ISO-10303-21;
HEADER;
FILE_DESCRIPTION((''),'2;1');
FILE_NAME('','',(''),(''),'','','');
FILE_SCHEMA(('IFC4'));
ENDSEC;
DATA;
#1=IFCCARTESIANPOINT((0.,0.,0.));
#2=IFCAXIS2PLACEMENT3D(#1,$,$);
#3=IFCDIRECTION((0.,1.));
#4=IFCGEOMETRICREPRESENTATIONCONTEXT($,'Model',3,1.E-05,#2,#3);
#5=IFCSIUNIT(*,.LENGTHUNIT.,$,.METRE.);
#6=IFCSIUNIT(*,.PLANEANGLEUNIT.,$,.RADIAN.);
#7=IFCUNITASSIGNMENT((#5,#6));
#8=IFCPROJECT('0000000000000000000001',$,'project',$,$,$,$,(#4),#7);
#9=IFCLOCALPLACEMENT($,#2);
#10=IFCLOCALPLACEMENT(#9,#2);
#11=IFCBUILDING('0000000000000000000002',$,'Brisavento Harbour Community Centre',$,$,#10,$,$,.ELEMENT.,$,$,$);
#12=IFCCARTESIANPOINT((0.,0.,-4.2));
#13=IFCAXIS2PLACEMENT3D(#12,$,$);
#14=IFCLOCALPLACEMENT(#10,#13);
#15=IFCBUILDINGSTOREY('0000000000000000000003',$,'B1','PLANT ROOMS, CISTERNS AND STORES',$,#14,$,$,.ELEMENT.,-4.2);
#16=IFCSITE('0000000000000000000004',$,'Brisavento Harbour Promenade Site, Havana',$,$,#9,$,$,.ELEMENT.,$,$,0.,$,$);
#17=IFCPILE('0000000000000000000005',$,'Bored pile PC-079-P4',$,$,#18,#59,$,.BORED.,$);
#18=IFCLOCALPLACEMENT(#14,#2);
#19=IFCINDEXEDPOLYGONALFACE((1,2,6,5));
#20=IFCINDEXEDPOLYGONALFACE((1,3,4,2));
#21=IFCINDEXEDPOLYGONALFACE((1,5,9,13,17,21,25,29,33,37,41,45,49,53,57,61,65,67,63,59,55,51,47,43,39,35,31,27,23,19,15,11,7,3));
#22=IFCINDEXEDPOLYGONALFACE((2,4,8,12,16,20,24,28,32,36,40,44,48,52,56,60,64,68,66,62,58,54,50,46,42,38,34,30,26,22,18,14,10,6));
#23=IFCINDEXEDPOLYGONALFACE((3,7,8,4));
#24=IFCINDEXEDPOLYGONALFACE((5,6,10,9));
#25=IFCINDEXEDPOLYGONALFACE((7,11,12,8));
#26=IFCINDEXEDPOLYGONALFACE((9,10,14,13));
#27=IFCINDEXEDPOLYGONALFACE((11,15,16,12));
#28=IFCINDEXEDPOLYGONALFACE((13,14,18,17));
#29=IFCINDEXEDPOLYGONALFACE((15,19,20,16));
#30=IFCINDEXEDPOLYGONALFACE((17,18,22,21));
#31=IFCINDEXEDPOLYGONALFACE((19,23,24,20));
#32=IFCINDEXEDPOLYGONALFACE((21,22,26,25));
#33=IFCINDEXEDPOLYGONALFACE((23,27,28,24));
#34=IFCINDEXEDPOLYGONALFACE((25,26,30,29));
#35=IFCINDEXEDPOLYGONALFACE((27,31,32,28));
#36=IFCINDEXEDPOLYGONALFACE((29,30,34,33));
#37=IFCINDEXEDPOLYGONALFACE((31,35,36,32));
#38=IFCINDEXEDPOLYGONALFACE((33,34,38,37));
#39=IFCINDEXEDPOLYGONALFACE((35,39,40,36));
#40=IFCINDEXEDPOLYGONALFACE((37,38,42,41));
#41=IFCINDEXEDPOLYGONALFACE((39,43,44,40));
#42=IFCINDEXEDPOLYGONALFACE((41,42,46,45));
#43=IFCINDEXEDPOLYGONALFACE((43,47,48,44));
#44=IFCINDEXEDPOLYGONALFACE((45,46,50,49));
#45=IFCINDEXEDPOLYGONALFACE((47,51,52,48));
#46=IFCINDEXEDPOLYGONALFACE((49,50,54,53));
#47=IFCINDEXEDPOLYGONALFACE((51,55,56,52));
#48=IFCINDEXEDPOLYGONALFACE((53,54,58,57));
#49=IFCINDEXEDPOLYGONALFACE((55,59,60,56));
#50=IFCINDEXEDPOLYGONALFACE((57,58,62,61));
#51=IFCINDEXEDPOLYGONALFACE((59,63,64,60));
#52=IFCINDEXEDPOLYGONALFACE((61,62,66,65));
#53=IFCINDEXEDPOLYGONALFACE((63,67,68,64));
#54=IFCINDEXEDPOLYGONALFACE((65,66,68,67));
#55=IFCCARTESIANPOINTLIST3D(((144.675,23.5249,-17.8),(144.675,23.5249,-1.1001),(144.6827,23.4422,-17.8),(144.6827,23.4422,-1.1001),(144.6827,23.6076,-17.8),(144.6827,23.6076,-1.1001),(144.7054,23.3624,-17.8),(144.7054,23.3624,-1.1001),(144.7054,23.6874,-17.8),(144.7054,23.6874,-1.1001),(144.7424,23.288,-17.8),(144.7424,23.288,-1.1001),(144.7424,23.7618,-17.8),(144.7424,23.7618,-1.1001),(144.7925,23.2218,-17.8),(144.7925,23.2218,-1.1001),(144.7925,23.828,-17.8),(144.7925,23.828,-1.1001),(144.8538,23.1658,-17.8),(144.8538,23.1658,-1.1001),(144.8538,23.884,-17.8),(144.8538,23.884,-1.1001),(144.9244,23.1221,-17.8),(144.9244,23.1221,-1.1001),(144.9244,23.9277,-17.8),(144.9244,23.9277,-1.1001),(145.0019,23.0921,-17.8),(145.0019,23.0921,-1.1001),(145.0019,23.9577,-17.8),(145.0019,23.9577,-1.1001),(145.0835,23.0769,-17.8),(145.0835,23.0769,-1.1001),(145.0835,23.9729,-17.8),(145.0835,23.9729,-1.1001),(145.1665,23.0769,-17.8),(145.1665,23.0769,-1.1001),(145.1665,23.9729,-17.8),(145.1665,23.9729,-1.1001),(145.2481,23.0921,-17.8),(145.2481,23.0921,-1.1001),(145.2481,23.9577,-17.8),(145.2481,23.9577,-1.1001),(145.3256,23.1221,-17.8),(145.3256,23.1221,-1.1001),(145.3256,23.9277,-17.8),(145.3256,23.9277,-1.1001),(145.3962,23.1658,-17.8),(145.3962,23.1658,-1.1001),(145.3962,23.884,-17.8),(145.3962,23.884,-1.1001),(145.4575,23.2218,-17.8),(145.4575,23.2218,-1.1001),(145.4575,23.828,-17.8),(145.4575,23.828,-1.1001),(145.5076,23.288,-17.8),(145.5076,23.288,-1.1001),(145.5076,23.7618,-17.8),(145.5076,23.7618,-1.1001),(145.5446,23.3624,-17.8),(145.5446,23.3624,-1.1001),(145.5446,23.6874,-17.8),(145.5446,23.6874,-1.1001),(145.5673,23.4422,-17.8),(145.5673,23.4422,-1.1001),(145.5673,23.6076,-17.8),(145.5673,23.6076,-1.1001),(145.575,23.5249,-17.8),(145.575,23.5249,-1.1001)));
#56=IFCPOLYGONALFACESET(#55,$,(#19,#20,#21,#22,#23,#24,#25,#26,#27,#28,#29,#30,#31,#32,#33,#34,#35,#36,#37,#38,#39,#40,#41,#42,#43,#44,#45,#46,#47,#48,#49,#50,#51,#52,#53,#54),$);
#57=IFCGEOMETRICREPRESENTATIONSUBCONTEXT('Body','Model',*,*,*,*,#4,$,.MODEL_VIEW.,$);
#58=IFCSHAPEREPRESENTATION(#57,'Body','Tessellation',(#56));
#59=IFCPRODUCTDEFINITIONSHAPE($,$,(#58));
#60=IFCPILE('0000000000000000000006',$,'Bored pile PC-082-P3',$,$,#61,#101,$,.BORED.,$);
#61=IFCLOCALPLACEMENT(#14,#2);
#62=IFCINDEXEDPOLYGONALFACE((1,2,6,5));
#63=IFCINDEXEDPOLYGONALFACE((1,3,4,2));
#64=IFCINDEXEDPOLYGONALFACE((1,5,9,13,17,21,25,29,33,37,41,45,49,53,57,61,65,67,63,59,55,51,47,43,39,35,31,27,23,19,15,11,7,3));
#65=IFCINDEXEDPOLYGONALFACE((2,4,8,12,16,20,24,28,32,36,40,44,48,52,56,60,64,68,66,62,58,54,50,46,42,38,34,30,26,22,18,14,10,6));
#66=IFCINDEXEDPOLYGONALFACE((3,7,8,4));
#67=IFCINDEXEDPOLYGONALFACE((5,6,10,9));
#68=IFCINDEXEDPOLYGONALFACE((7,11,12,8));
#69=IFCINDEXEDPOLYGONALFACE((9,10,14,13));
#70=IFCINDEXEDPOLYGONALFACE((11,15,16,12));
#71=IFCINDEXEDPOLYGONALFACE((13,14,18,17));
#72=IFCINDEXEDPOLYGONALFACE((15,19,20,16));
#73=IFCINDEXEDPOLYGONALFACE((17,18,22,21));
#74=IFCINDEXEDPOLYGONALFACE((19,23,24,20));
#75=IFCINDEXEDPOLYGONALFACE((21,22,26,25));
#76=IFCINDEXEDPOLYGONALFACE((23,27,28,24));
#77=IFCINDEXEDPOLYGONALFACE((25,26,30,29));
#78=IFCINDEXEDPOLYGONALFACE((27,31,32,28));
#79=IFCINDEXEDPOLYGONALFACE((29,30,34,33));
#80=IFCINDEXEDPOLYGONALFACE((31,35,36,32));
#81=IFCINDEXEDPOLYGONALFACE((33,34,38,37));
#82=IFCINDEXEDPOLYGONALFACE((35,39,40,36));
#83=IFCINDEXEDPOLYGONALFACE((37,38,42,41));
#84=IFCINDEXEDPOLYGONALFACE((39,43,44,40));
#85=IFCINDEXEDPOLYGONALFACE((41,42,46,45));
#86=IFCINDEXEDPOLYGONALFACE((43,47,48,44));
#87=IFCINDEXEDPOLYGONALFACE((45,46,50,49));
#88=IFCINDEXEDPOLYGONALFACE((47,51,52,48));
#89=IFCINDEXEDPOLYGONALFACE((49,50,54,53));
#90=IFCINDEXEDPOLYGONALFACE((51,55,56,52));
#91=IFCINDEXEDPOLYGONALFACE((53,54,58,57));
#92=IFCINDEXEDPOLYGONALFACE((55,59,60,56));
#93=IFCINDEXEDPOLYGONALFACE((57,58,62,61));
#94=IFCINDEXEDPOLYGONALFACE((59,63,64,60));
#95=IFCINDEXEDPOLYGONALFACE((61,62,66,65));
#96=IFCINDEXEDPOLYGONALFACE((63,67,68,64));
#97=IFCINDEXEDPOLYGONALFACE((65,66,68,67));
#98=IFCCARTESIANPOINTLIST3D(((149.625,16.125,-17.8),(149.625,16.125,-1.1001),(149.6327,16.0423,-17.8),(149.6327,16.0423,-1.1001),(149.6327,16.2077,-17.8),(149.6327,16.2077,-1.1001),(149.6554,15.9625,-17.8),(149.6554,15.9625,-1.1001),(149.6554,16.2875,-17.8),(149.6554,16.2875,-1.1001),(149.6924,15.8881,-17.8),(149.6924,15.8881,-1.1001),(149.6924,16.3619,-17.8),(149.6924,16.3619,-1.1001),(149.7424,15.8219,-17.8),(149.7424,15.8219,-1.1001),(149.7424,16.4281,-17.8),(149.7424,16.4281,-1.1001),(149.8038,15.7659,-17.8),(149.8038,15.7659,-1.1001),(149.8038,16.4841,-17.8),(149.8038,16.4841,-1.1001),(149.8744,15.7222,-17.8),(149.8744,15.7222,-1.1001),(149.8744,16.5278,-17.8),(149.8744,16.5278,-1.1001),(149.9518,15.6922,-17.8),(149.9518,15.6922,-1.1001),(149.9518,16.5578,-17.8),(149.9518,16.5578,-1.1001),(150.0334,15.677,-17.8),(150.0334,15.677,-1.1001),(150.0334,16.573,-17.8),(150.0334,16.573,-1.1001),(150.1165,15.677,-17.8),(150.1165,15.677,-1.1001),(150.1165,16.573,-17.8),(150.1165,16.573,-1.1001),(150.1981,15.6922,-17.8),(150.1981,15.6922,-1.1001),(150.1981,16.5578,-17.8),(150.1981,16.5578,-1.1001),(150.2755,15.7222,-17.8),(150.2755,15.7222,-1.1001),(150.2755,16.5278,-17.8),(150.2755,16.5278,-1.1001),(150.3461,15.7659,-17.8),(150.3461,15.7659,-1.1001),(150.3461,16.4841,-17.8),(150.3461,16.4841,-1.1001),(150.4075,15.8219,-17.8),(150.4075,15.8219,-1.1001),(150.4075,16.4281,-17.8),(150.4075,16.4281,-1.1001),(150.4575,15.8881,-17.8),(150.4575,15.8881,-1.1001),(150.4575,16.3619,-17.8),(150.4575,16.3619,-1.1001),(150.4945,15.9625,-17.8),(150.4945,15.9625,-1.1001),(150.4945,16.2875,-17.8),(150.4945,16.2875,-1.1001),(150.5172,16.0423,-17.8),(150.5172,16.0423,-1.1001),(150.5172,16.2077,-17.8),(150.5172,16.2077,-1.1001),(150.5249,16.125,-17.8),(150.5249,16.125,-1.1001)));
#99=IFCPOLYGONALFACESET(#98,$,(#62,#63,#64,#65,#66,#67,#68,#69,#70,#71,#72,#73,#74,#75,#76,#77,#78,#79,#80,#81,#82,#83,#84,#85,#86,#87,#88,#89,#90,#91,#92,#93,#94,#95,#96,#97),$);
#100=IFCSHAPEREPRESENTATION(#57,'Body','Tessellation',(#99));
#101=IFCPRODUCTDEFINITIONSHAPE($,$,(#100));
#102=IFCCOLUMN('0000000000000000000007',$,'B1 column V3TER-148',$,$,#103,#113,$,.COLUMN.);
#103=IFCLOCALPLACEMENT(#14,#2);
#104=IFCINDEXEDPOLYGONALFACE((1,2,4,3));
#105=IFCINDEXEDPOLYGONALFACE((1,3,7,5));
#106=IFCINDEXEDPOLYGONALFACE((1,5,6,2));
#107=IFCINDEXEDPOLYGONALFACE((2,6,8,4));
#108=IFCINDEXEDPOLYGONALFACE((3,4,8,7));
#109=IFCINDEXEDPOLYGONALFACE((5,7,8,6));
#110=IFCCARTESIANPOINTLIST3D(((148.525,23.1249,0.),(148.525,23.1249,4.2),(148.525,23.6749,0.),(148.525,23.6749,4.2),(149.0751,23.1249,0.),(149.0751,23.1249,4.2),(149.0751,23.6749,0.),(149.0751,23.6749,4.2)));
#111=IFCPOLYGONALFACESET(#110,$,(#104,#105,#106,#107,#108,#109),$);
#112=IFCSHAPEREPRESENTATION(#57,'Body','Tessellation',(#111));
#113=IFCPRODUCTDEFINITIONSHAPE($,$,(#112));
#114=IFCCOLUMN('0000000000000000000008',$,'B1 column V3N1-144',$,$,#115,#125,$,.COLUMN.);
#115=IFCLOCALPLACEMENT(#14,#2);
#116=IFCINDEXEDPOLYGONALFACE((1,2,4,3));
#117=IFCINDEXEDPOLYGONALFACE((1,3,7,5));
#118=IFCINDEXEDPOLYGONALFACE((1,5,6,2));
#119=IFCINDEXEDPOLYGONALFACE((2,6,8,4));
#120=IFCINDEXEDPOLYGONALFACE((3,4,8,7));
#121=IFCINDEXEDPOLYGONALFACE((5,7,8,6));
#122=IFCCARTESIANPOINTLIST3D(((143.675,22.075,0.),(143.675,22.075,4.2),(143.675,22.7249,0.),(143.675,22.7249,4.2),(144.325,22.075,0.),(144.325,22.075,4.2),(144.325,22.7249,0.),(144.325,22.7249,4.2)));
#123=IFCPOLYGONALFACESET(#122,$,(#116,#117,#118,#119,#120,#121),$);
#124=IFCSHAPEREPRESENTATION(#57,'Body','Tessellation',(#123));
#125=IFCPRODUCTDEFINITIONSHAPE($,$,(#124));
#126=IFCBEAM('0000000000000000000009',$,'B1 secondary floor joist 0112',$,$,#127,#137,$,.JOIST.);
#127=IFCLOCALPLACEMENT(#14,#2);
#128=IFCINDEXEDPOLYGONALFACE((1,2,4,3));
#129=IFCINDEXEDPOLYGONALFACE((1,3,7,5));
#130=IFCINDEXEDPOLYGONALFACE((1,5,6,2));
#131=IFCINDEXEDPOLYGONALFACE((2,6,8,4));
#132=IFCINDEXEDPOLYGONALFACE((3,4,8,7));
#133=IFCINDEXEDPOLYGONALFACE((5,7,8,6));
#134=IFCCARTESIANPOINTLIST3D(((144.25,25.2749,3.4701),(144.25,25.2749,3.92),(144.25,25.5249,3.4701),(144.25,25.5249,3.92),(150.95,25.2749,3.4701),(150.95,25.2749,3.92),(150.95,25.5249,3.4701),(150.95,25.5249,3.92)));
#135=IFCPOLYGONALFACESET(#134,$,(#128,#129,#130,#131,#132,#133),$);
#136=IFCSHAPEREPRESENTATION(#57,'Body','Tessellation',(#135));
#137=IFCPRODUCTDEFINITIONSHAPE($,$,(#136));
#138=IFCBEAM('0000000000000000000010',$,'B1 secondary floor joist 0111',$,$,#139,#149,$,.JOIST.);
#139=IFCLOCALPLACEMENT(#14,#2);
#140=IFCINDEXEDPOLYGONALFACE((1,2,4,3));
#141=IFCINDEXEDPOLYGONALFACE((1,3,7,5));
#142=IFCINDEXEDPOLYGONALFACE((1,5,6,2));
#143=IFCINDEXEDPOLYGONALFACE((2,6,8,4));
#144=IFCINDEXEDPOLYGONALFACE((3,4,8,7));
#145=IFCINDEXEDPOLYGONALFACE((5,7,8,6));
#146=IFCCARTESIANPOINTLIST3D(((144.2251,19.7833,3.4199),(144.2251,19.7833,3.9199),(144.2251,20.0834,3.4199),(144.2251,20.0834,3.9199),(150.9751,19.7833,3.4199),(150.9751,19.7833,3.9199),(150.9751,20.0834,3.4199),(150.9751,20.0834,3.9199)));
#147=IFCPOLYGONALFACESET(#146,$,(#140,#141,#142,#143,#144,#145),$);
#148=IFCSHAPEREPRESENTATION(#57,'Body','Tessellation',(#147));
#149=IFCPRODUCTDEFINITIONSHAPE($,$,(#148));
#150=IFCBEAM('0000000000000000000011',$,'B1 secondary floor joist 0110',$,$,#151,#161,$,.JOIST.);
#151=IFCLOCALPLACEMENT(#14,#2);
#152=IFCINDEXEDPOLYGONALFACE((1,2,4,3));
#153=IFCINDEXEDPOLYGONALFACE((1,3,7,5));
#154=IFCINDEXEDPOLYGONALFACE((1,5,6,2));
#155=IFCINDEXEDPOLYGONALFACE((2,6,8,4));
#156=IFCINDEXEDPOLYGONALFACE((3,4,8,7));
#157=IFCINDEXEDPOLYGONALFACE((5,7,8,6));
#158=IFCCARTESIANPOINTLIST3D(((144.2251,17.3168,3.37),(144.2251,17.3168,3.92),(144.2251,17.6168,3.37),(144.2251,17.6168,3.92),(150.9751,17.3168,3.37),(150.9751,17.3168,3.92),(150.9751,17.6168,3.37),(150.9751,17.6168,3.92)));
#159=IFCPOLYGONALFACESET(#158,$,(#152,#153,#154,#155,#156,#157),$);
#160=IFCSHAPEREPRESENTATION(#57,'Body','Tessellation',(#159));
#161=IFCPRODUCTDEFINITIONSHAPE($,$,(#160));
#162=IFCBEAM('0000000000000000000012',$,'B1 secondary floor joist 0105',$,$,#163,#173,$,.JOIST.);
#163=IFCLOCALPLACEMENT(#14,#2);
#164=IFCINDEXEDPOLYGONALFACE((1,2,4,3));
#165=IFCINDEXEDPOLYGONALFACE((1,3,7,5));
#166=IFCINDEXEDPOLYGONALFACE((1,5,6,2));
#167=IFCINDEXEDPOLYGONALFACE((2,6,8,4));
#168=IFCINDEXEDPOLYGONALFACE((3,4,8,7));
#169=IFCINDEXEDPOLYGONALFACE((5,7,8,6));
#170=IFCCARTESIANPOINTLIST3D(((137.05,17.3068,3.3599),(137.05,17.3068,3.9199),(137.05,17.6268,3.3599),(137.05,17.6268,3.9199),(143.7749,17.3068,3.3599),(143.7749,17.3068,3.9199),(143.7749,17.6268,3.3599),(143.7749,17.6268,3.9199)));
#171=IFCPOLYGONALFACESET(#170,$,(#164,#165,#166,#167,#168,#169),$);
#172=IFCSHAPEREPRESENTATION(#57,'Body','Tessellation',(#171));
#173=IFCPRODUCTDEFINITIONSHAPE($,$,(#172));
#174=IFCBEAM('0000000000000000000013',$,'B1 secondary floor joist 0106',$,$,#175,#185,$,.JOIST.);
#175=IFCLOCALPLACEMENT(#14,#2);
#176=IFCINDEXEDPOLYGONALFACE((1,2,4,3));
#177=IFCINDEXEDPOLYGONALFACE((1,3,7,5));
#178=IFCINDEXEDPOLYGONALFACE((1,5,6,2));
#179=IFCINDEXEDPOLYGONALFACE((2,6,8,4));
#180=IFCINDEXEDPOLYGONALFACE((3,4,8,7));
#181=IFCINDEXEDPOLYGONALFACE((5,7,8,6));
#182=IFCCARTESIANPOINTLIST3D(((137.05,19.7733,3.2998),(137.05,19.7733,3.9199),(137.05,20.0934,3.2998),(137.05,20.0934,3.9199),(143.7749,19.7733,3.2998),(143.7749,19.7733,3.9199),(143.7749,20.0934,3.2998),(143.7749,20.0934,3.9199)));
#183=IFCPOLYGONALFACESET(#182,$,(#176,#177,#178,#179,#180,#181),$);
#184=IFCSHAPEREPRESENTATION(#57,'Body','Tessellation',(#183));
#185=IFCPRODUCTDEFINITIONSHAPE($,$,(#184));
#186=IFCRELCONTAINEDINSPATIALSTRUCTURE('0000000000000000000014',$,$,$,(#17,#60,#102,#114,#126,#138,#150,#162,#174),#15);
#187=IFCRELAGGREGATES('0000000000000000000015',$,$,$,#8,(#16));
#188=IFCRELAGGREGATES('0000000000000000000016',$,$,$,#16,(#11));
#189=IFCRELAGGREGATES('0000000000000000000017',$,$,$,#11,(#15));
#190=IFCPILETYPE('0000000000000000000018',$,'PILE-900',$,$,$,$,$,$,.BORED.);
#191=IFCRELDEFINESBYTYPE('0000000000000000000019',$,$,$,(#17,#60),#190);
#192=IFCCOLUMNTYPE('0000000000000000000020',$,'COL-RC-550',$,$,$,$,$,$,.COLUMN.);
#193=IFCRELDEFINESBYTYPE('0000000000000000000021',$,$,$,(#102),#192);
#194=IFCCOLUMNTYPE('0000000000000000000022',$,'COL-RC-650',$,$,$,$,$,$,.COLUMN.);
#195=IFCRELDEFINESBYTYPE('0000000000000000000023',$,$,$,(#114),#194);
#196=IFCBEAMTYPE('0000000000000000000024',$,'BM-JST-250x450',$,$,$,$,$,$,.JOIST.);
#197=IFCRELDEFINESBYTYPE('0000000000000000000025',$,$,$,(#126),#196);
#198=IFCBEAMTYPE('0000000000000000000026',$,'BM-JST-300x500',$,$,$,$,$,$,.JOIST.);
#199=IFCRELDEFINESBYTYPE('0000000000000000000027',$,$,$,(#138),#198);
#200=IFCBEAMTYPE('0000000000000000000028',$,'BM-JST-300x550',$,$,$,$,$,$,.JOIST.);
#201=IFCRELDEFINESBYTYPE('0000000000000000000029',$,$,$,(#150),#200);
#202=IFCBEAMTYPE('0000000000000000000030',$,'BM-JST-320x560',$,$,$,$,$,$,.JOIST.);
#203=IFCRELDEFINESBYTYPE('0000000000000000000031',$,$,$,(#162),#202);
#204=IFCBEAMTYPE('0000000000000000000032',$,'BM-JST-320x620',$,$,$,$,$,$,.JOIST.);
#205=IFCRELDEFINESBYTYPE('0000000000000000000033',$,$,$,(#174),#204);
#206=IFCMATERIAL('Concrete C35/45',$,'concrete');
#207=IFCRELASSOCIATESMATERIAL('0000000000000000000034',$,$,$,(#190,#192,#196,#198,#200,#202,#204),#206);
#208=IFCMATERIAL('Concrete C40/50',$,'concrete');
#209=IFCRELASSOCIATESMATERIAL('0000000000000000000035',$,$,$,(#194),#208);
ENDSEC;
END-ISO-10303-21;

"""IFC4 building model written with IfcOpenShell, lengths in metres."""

from ifc_helpers import new_model, si_unit, direction, frame, origin, origin_2d, place, context, subcontext, project, spatial, rectangle, circle, extrude, material, material_profile, profile_set, type_object, element, save


model = new_model("IFC4")

# Units and contexts
model_context = context("Model", 3, precision=1e-05, world=origin(), true_north=direction((0.0, 1.0)))
body_context = subcontext(model_context, "Body", "Model", "MODEL_VIEW")
ifc_project = project(units=[si_unit("LENGTHUNIT", "METRE"), si_unit("PLANEANGLEUNIT", "RADIAN")], contexts=[model_context])

# Site, building, storey
site_placement = place(None, origin())
site = spatial("IfcSite", under=ifc_project, at=site_placement, Name="Brisavento Harbour Promenade Site, Havana", CompositionType="ELEMENT", RefElevation=0.0)
building_placement = place(site_placement, origin())
building = spatial("IfcBuilding", under=site, at=building_placement, Name="Brisavento Harbour Community Centre", CompositionType="ELEMENT")
storey_placement = place(building_placement, frame((0.0, 0.0, -4.2)))
storey = spatial("IfcBuildingStorey", under=building, at=storey_placement, Name="B1", Description="PLANT ROOMS, CISTERNS AND STORES", CompositionType="ELEMENT", Elevation=-4.2)

# Shared definitions
ifc_material_1 = material(Name="Concrete C35/45", Category="concrete")

# Piles
ifc_material_profile_1 = material_profile(ifc_material_1, circle(Radius=0.45, at=origin_2d()), Name="Concrete C35/45")
ifc_profile_set_1 = profile_set([ifc_material_profile_1], Name="Concrete C35/45")
pile_type_1 = type_object("IfcPileType", Name="PILE-900", PredefinedType="BORED", material=ifc_profile_set_1)
for number, where, z_axis, x_axis, name in (
    (1, (145.125, 23.5249, -1.1001), (0.0, 0.0, -1.0), (1.0, 0.0, 0.0), "Bored pile PC-079-P4"),
    (2, (150.075, 16.125, -1.1001), (0.0, 0.0, -1.0), (1.0, 0.0, 0.0), "Bored pile PC-082-P3"),
):
    element("IfcPile", number, at=place(storey_placement, frame(where, z_axis=z_axis, x_axis=x_axis)), inside=storey, type_object=pile_type_1, Name=name, PredefinedType="BORED", context=body_context, shape_type="SweptSolid", body=[
        extrude(circle(Radius=0.45, at=origin_2d()), origin(), (0.0, 0.0, 1.0), 16.7),
    ])

# Columns
ifc_material_profile_2 = material_profile(ifc_material_1, rectangle(XDim=0.55, YDim=0.55, at=origin_2d()), Name="Concrete C35/45")
ifc_profile_set_2 = profile_set([ifc_material_profile_2], Name="Concrete C35/45")
column_type_1 = type_object("IfcColumnType", Name="COL-RC-550", PredefinedType="COLUMN", material=ifc_profile_set_2)
column_1_placement = place(storey_placement, frame((148.8, 23.3999, 0.0), z_axis=(0.0, 0.0, 1.0), x_axis=(1.0, 0.0, 0.0)))
element("IfcColumn", 3, at=column_1_placement, inside=storey, type_object=column_type_1, Name="B1 column V3TER-148", PredefinedType="COLUMN", context=body_context, shape_type="SweptSolid", body=[
    extrude(rectangle(XDim=0.55, YDim=0.55, at=origin_2d()), origin(), (0.0, 0.0, 1.0), 4.2),
])
ifc_material_2 = material(Name="Concrete C40/50", Category="concrete")
ifc_material_profile_3 = material_profile(ifc_material_2, rectangle(XDim=0.6499, YDim=0.6499, at=origin_2d()), Name="Concrete C40/50")
ifc_profile_set_3 = profile_set([ifc_material_profile_3], Name="Concrete C40/50")
column_type_2 = type_object("IfcColumnType", Name="COL-RC-650", PredefinedType="COLUMN", material=ifc_profile_set_3)
column_2_placement = place(storey_placement, frame((144.0, 22.3999, 0.0), z_axis=(0.0, 0.0, 1.0), x_axis=(1.0, 0.0, 0.0)))
element("IfcColumn", 4, at=column_2_placement, inside=storey, type_object=column_type_2, Name="B1 column V3N1-144", PredefinedType="COLUMN", context=body_context, shape_type="SweptSolid", body=[
    extrude(rectangle(XDim=0.6499, YDim=0.6499, at=origin_2d()), origin(), (0.0, 0.0, 1.0), 4.2),
])

# Beams
ifc_material_profile_4 = material_profile(ifc_material_1, rectangle(XDim=0.25, YDim=0.45, at=origin_2d()), Name="Concrete C35/45")
ifc_profile_set_4 = profile_set([ifc_material_profile_4], Name="Concrete C35/45")
beam_type_1 = type_object("IfcBeamType", Name="BM-JST-250x450", PredefinedType="JOIST", material=ifc_profile_set_4)
beam_1_placement = place(storey_placement, frame((144.25, 25.3999, 3.6951), z_axis=(1.0, 0.0, 0.0), x_axis=(0.0, 1.0, 0.0)))
element("IfcBeam", 5, at=beam_1_placement, inside=storey, type_object=beam_type_1, Name="B1 secondary floor joist 0112", PredefinedType="JOIST", context=body_context, shape_type="SweptSolid", body=[
    extrude(rectangle(XDim=0.25, YDim=0.45, at=origin_2d()), origin(), (0.0, 0.0, 1.0), 6.7),
])
ifc_material_profile_5 = material_profile(ifc_material_1, rectangle(XDim=0.3, YDim=0.5, at=origin_2d()), Name="Concrete C35/45")
ifc_profile_set_5 = profile_set([ifc_material_profile_5], Name="Concrete C35/45")
beam_type_2 = type_object("IfcBeamType", Name="BM-JST-300x500", PredefinedType="JOIST", material=ifc_profile_set_5)
beam_2_placement = place(storey_placement, frame((144.2251, 19.9333, 3.6699), z_axis=(1.0, 0.0, 0.0), x_axis=(0.0, 1.0, 0.0)))
element("IfcBeam", 6, at=beam_2_placement, inside=storey, type_object=beam_type_2, Name="B1 secondary floor joist 0111", PredefinedType="JOIST", context=body_context, shape_type="SweptSolid", body=[
    extrude(rectangle(XDim=0.3, YDim=0.5, at=origin_2d()), origin(), (0.0, 0.0, 1.0), 6.75),
])
ifc_material_profile_6 = material_profile(ifc_material_1, rectangle(XDim=0.3, YDim=0.55, at=origin_2d()), Name="Concrete C35/45")
ifc_profile_set_6 = profile_set([ifc_material_profile_6], Name="Concrete C35/45")
beam_type_3 = type_object("IfcBeamType", Name="BM-JST-300x550", PredefinedType="JOIST", material=ifc_profile_set_6)
beam_3_placement = place(storey_placement, frame((144.2251, 17.4668, 3.645), z_axis=(1.0, 0.0, 0.0), x_axis=(0.0, 1.0, 0.0)))
element("IfcBeam", 7, at=beam_3_placement, inside=storey, type_object=beam_type_3, Name="B1 secondary floor joist 0110", PredefinedType="JOIST", context=body_context, shape_type="SweptSolid", body=[
    extrude(rectangle(XDim=0.3, YDim=0.55, at=origin_2d()), origin(), (0.0, 0.0, 1.0), 6.75),
])
ifc_material_profile_7 = material_profile(ifc_material_1, rectangle(XDim=0.3201, YDim=0.5601, at=origin_2d()), Name="Concrete C35/45")
ifc_profile_set_7 = profile_set([ifc_material_profile_7], Name="Concrete C35/45")
beam_type_4 = type_object("IfcBeamType", Name="BM-JST-320x560", PredefinedType="JOIST", material=ifc_profile_set_7)
beam_4_placement = place(storey_placement, frame((137.05, 17.4668, 3.6399), z_axis=(1.0, 0.0, 0.0), x_axis=(0.0, 1.0, 0.0)))
element("IfcBeam", 8, at=beam_4_placement, inside=storey, type_object=beam_type_4, Name="B1 secondary floor joist 0105", PredefinedType="JOIST", context=body_context, shape_type="SweptSolid", body=[
    extrude(rectangle(XDim=0.3201, YDim=0.5601, at=origin_2d()), origin(), (0.0, 0.0, 1.0), 6.7249),
])
ifc_material_profile_8 = material_profile(ifc_material_1, rectangle(XDim=0.3201, YDim=0.6201, at=origin_2d()), Name="Concrete C35/45")
ifc_profile_set_8 = profile_set([ifc_material_profile_8], Name="Concrete C35/45")
beam_type_5 = type_object("IfcBeamType", Name="BM-JST-320x620", PredefinedType="JOIST", material=ifc_profile_set_8)
beam_5_placement = place(storey_placement, frame((137.05, 19.9333, 3.6099), z_axis=(1.0, 0.0, 0.0), x_axis=(0.0, 1.0, 0.0)))
element("IfcBeam", 9, at=beam_5_placement, inside=storey, type_object=beam_type_5, Name="B1 secondary floor joist 0106", PredefinedType="JOIST", context=body_context, shape_type="SweptSolid", body=[
    extrude(rectangle(XDim=0.3201, YDim=0.6201, at=origin_2d()), origin(), (0.0, 0.0, 1.0), 6.7249),
])

save(model, "model.ifc")
